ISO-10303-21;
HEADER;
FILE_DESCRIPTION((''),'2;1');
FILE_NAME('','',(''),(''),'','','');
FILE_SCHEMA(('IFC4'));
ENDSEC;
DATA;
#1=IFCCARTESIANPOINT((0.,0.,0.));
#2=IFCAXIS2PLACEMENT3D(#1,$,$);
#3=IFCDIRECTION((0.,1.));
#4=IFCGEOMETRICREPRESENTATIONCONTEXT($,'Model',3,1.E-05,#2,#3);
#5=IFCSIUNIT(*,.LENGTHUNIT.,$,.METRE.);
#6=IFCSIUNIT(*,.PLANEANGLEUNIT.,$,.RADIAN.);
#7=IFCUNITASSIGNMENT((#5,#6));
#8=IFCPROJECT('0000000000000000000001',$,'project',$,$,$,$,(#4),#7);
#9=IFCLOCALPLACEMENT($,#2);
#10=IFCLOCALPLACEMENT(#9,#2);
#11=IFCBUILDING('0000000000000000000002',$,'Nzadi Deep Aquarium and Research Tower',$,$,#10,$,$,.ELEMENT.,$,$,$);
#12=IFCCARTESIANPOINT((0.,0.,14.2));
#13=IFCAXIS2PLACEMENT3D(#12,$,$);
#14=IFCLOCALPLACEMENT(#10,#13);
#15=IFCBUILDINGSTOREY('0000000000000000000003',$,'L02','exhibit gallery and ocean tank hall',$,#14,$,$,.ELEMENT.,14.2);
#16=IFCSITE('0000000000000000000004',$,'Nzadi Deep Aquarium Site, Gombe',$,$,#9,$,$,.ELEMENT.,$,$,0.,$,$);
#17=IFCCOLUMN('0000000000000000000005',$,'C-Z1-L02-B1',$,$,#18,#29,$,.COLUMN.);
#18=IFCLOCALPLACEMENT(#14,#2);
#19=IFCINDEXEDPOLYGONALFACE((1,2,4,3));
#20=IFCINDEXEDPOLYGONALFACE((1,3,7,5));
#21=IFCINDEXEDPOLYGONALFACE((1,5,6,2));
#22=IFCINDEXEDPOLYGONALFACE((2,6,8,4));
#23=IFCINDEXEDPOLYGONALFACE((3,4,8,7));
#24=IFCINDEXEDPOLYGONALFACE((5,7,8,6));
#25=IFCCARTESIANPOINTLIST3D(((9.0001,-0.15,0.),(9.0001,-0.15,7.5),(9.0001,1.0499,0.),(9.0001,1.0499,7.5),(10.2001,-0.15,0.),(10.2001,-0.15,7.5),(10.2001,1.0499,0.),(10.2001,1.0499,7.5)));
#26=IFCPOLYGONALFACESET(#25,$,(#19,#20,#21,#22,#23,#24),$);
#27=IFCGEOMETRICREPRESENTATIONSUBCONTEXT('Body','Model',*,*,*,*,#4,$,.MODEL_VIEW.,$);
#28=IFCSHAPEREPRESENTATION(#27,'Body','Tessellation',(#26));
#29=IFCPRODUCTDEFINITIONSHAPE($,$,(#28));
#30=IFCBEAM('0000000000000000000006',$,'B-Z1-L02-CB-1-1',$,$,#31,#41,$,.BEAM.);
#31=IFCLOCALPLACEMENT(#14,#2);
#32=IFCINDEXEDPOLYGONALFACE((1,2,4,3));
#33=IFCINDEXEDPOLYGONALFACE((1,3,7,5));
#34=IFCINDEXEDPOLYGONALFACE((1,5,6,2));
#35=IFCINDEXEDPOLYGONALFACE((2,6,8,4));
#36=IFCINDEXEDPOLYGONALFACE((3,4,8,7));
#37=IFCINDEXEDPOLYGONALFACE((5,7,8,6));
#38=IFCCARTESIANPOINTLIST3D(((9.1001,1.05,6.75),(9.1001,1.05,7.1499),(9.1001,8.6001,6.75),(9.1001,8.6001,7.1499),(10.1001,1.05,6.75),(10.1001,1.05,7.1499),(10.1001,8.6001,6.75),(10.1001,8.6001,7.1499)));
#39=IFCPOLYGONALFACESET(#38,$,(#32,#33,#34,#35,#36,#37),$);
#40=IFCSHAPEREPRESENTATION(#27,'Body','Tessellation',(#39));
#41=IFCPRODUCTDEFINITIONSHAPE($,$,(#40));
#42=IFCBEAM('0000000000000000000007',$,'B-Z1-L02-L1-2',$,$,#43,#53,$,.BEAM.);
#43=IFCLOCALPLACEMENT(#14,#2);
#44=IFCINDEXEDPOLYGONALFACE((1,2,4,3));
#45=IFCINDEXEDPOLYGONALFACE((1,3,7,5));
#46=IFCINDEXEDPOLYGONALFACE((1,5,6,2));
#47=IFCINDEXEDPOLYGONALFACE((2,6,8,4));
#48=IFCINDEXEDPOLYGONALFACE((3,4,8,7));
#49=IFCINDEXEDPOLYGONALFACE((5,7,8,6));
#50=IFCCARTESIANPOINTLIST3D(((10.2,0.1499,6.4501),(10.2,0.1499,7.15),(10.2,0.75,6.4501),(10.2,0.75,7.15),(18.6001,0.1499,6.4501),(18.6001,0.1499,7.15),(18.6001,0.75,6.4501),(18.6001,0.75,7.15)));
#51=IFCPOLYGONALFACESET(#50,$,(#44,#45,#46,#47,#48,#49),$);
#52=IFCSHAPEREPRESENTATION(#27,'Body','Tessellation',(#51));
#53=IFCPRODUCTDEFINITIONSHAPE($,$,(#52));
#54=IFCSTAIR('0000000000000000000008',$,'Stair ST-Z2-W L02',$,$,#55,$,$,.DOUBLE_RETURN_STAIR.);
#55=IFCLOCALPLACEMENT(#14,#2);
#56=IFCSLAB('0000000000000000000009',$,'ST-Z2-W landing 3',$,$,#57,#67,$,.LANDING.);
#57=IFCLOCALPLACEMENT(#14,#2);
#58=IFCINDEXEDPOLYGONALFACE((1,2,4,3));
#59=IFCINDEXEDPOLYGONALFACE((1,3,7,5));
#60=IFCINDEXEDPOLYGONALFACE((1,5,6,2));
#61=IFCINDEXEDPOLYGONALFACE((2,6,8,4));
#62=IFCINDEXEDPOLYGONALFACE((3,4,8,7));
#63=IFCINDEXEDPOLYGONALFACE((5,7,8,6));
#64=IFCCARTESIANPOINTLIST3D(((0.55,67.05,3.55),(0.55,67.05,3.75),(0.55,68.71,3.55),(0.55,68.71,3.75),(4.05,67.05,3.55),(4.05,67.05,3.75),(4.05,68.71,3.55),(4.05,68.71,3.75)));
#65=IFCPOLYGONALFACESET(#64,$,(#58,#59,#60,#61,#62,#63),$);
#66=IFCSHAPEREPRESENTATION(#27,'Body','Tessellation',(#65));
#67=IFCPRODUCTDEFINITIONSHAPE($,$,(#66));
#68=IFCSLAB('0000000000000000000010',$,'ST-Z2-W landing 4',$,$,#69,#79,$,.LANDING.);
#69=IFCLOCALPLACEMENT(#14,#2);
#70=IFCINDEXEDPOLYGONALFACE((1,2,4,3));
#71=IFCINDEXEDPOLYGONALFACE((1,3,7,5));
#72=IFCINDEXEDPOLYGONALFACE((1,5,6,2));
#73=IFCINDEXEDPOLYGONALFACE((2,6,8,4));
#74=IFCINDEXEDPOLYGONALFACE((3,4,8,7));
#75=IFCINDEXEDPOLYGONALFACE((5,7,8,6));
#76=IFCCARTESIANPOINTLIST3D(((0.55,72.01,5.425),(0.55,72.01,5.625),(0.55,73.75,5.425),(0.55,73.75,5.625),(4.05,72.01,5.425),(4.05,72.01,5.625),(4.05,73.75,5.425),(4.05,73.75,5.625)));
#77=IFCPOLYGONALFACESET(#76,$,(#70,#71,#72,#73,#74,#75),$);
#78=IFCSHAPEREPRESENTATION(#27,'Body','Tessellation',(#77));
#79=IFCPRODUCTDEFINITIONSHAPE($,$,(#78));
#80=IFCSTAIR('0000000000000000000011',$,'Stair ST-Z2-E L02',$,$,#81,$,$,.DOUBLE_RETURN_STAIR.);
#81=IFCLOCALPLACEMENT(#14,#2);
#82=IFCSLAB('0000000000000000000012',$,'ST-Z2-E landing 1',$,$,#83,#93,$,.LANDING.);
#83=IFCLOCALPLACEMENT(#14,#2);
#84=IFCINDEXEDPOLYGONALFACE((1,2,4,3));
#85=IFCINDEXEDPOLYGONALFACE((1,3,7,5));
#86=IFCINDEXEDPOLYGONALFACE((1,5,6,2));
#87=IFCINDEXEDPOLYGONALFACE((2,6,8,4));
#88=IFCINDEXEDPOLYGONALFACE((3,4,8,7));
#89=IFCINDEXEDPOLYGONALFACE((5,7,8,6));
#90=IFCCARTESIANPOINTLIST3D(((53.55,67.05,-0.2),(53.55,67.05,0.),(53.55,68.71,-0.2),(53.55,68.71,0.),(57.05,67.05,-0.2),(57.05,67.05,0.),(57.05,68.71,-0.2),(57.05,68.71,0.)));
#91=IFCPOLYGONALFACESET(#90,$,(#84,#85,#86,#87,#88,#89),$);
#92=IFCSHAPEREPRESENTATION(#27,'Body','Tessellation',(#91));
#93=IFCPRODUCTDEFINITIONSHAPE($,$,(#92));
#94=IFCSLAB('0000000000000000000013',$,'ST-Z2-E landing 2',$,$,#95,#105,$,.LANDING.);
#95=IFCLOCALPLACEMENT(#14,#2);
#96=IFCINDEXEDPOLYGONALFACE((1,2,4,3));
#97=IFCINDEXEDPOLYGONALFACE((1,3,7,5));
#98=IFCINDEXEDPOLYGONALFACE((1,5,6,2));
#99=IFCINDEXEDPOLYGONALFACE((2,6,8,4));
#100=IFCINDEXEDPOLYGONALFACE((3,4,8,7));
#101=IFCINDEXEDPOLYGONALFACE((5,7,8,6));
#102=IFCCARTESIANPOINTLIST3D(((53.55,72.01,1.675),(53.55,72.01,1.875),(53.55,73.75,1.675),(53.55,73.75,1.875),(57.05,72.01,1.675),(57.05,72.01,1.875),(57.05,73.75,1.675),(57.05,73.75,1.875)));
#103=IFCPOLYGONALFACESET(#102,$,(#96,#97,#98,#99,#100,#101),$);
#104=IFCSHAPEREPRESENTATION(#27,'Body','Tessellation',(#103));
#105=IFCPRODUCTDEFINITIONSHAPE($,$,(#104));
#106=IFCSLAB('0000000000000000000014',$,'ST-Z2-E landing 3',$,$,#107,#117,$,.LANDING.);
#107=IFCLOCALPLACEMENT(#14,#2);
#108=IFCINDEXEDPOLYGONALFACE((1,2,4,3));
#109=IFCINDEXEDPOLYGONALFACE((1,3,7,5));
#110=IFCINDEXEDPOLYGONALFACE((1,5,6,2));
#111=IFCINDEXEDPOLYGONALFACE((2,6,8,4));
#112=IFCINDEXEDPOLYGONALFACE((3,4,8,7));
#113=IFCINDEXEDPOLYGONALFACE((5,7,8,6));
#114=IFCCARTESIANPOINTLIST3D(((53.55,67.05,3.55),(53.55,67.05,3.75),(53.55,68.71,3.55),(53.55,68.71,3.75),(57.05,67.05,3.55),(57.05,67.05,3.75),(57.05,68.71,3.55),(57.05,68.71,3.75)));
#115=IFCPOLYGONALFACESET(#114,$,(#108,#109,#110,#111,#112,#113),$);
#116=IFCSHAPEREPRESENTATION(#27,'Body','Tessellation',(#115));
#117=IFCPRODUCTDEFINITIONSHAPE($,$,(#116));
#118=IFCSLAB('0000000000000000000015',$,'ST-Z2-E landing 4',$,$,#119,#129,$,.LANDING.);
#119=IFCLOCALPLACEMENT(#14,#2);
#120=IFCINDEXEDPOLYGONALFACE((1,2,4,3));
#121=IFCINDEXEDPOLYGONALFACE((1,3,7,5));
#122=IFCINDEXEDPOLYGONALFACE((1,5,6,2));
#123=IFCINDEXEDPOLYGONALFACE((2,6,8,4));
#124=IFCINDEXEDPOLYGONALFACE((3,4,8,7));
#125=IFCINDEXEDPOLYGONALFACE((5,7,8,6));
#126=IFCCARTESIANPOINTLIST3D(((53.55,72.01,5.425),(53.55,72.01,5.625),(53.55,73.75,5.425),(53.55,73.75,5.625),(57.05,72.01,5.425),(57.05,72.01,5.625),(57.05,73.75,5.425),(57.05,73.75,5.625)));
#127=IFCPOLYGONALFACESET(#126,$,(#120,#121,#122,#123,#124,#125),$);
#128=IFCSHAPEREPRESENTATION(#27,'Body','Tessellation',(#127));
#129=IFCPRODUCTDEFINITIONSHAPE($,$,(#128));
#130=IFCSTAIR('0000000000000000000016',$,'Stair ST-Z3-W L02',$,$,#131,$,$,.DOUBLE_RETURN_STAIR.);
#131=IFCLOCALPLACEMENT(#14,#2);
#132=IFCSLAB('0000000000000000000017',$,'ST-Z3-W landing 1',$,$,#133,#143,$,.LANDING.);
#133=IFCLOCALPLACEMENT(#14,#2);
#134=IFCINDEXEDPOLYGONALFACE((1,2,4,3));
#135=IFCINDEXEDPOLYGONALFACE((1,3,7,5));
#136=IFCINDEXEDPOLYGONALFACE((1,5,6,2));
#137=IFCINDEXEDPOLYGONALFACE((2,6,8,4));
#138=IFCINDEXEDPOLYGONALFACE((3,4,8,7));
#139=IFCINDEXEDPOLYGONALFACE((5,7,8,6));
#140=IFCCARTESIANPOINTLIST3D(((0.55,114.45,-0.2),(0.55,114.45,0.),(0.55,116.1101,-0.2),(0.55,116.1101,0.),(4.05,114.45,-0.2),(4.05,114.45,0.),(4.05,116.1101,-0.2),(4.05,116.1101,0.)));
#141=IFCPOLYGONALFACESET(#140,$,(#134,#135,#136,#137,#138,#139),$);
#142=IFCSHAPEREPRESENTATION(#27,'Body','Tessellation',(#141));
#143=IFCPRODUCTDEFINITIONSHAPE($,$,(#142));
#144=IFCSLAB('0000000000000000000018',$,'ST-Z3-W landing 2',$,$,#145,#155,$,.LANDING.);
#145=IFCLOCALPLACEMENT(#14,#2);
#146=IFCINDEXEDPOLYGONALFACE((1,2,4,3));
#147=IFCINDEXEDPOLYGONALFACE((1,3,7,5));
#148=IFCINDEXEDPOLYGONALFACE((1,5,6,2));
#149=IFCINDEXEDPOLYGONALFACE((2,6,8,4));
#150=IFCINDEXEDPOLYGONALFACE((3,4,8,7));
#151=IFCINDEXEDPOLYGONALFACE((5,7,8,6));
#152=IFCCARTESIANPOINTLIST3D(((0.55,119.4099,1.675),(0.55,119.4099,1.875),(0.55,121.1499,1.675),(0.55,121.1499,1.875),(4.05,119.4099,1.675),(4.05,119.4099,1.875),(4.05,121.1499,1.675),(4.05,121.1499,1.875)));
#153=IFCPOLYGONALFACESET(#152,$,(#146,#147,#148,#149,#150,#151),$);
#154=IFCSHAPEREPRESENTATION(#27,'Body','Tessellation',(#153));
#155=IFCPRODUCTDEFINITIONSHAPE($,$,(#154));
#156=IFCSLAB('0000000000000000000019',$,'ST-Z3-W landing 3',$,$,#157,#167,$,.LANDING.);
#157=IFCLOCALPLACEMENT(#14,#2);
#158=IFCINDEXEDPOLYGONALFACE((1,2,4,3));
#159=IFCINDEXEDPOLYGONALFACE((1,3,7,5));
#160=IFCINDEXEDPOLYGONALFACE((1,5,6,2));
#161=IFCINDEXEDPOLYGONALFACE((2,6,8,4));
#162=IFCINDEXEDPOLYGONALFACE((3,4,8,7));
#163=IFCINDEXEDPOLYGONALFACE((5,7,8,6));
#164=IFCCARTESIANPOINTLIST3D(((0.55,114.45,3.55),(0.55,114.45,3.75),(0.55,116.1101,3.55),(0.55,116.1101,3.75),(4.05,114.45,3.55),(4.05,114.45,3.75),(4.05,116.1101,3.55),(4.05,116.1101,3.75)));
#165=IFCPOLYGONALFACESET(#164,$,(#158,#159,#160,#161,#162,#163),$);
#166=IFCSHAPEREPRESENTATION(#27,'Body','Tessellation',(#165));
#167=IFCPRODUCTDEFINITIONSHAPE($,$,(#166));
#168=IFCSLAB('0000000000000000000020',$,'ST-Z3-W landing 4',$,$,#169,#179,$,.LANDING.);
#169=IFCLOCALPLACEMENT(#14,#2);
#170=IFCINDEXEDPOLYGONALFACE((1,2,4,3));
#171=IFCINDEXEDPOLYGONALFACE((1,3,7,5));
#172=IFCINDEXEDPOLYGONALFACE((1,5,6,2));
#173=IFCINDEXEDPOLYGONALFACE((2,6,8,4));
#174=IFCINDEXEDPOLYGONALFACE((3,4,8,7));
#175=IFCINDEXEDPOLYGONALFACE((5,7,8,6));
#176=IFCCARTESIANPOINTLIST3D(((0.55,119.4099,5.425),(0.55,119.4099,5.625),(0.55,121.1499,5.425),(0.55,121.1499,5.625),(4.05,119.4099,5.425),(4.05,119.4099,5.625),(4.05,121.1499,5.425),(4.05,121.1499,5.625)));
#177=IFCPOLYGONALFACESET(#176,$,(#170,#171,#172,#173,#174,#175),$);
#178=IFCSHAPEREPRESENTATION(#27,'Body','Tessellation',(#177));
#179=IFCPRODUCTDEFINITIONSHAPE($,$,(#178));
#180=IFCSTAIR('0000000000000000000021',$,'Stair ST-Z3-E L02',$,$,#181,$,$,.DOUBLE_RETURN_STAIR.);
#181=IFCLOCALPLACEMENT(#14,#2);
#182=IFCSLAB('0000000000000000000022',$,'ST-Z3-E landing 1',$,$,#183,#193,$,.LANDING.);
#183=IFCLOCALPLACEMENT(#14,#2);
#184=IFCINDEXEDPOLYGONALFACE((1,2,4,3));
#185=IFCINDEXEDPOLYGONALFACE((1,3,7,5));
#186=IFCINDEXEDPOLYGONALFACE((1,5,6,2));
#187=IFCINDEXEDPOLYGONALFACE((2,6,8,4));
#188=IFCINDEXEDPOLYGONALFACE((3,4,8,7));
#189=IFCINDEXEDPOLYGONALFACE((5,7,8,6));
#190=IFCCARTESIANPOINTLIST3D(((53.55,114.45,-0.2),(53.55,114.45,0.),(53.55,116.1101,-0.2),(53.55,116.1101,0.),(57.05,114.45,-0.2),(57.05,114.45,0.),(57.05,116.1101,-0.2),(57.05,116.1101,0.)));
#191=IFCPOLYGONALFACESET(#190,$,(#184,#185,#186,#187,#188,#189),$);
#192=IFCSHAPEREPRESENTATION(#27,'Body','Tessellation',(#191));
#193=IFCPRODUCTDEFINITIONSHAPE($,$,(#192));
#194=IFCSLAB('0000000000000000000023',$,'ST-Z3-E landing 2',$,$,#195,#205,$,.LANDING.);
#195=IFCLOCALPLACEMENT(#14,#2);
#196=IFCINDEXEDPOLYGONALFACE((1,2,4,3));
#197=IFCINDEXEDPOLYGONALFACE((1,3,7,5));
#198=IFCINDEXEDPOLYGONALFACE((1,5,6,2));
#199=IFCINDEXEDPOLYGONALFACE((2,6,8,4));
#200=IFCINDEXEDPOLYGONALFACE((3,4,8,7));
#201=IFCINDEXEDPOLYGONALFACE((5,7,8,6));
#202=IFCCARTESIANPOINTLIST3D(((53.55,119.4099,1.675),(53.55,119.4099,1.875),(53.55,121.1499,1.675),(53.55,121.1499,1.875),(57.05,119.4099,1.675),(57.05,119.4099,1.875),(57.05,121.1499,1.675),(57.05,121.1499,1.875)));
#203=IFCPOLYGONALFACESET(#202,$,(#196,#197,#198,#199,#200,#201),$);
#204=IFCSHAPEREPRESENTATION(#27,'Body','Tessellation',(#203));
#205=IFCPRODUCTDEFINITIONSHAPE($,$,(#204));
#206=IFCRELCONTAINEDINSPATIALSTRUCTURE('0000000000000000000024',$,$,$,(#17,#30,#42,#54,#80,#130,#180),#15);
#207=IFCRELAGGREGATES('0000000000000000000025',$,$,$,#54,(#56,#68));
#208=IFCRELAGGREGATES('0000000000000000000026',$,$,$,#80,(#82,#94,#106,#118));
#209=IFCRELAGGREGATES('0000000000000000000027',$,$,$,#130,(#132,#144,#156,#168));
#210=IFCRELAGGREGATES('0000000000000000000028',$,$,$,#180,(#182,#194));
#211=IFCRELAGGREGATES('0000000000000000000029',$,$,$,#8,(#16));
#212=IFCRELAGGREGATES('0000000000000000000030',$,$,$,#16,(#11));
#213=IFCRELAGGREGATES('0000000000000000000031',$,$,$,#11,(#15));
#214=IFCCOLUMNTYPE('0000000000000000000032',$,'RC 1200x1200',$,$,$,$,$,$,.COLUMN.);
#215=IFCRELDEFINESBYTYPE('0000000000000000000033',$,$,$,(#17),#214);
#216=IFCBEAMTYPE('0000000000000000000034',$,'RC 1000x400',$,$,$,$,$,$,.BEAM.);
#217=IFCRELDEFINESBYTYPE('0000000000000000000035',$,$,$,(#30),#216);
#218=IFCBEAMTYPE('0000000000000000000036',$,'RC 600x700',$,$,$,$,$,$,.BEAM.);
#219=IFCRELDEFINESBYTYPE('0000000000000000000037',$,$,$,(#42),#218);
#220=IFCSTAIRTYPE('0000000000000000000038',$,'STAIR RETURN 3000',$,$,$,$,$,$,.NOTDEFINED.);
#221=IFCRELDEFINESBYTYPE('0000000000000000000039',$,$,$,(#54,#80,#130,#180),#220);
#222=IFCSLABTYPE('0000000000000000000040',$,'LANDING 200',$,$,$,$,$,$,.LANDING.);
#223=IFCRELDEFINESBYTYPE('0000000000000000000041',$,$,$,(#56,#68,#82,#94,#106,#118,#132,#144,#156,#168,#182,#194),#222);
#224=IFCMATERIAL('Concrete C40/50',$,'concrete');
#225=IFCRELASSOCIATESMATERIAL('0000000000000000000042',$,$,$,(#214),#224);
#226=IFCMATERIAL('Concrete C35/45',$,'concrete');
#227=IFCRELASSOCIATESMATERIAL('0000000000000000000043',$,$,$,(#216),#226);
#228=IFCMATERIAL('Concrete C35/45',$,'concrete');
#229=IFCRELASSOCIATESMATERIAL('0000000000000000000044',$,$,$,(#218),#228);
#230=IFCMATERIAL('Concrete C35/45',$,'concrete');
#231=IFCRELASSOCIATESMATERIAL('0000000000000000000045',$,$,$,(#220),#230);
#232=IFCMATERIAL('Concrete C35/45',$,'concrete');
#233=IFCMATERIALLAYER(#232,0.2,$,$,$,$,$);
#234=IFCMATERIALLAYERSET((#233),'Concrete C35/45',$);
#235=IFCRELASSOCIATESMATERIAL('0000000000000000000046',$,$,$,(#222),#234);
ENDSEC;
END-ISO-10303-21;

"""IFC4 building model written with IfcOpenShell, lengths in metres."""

from ifc_helpers import new_model, si_unit, direction, frame, origin, origin_2d, place, context, subcontext, project, spatial, polyline, rectangle, outline, extrude, material, layer, layer_set, material_profile, profile_set, type_object, element, aggregate, save


model = new_model("IFC4")

# Units and contexts
model_context = context("Model", 3, precision=1e-05, world=origin(), true_north=direction((0.0, 1.0)))
body_context = subcontext(model_context, "Body", "Model", "MODEL_VIEW")
ifc_project = project(units=[si_unit("LENGTHUNIT", "METRE"), si_unit("PLANEANGLEUNIT", "RADIAN")], contexts=[model_context])

# Site, building, storey
site_placement = place(None, origin())
site = spatial("IfcSite", under=ifc_project, at=site_placement, Name="Nzadi Deep Aquarium Site, Gombe", CompositionType="ELEMENT", RefElevation=0.0)
building_placement = place(site_placement, origin())
building = spatial("IfcBuilding", under=site, at=building_placement, Name="Nzadi Deep Aquarium and Research Tower", CompositionType="ELEMENT")
storey_placement = place(building_placement, frame((0.0, 0.0, 14.2)))
storey = spatial("IfcBuildingStorey", under=building, at=storey_placement, Name="L02", Description="exhibit gallery and ocean tank hall", CompositionType="ELEMENT", Elevation=14.2)

# Column
ifc_material_1 = material(Name="Concrete C40/50", Category="concrete")
ifc_material_profile_1 = material_profile(ifc_material_1, rectangle(XDim=1.2, YDim=1.2, at=origin_2d()))
ifc_profile_set_1 = profile_set([ifc_material_profile_1], Name="Concrete C40/50")
column_type = type_object("IfcColumnType", Name="RC 1200x1200", PredefinedType="COLUMN", material=ifc_profile_set_1)
column_placement = place(storey_placement, frame((9.6001, 0.45, 0.0), z_axis=(0.0, 0.0, 1.0), x_axis=(1.0, 0.0, 0.0)))
element("IfcColumn", 1, at=column_placement, inside=storey, type_object=column_type, Name="C-Z1-L02-B1", PredefinedType="COLUMN", context=body_context, shape_type="SweptSolid", body=[
    extrude(rectangle(XDim=1.2, YDim=1.2, at=origin_2d()), origin(), (0.0, 0.0, 1.0), 7.5),
])

# Beams
ifc_material_2 = material(Name="Concrete C35/45", Category="concrete")
ifc_material_profile_2 = material_profile(ifc_material_2, rectangle(XDim=1.0, YDim=0.3999, at=origin_2d()))
ifc_profile_set_2 = profile_set([ifc_material_profile_2], Name="Concrete C35/45")
beam_type_1 = type_object("IfcBeamType", Name="RC 1000x400", PredefinedType="BEAM", material=ifc_profile_set_2)
beam_1_placement = place(storey_placement, frame((9.6001, 1.05, 6.95), z_axis=(0.0, 1.0, 0.0), x_axis=(-1.0, 0.0, 0.0)))
element("IfcBeam", 2, at=beam_1_placement, inside=storey, type_object=beam_type_1, Name="B-Z1-L02-CB-1-1", PredefinedType="BEAM", context=body_context, shape_type="SweptSolid", body=[
    extrude(rectangle(XDim=1.0, YDim=0.3999, at=origin_2d()), origin(), (0.0, 0.0, 1.0), 7.55),
])
ifc_material_3 = material(Name="Concrete C35/45", Category="concrete")
ifc_material_profile_3 = material_profile(ifc_material_3, rectangle(XDim=0.6001, YDim=0.7, at=origin_2d()))
ifc_profile_set_3 = profile_set([ifc_material_profile_3], Name="Concrete C35/45")
beam_type_2 = type_object("IfcBeamType", Name="RC 600x700", PredefinedType="BEAM", material=ifc_profile_set_3)
beam_2_placement = place(storey_placement, frame((10.2, 0.45, 6.8), z_axis=(1.0, 0.0, 0.0), x_axis=(0.0, 1.0, 0.0)))
element("IfcBeam", 3, at=beam_2_placement, inside=storey, type_object=beam_type_2, Name="B-Z1-L02-L1-2", PredefinedType="BEAM", context=body_context, shape_type="SweptSolid", body=[
    extrude(rectangle(XDim=0.6001, YDim=0.7, at=origin_2d()), origin(), (0.0, 0.0, 1.0), 8.4001),
])

# Stairs, slabs
ifc_material_4 = material(Name="Concrete C35/45", Category="concrete")
stair_type = type_object("IfcStairType", Name="STAIR RETURN 3000", PredefinedType="NOTDEFINED", material=ifc_material_4)
stair_1_placement = place(storey_placement, origin())
stair_1 = element("IfcStair", 4, at=stair_1_placement, inside=storey, type_object=stair_type, Name="Stair ST-Z2-W L02", PredefinedType="DOUBLE_RETURN_STAIR")
ifc_material_5 = material(Name="Concrete C35/45", Category="concrete")
ifc_layer_1 = layer(ifc_material_5, 0.2)
ifc_layer_set_1 = layer_set([ifc_layer_1], Name="Concrete C35/45")
slab_type = type_object("IfcSlabType", Name="LANDING 200", PredefinedType="LANDING", material=ifc_layer_set_1)
slab_1_placement = place(storey_placement, frame((0.0, 0.0, 3.55)))
slab_1 = element("IfcSlab", 5, at=slab_1_placement, type_object=slab_type, Name="ST-Z2-W landing 3", PredefinedType="LANDING", context=body_context, shape_type="SweptSolid", body=[
    extrude(outline(polyline([(0.55, 67.05), (4.05, 67.05), (4.05, 68.71), (0.55, 68.71), (0.55, 67.05)])), origin(), (0.0, 0.0, 1.0), 0.2),
])
slab_2_placement = place(storey_placement, frame((0.0, 0.0, 5.425)))
slab_2 = element("IfcSlab", 6, at=slab_2_placement, type_object=slab_type, Name="ST-Z2-W landing 4", PredefinedType="LANDING", context=body_context, shape_type="SweptSolid", body=[
    extrude(outline(polyline([(0.55, 72.01), (4.05, 72.01), (4.05, 73.75), (0.55, 73.75), (0.55, 72.01)])), origin(), (0.0, 0.0, 1.0), 0.2),
])
aggregate(stair_1, [slab_1, slab_2])
stair_2_placement = place(storey_placement, origin())
stair_2 = element("IfcStair", 7, at=stair_2_placement, inside=storey, type_object=stair_type, Name="Stair ST-Z2-E L02", PredefinedType="DOUBLE_RETURN_STAIR")
slab_3_placement = place(storey_placement, frame((0.0, 0.0, -0.2)))
slab_3 = element("IfcSlab", 8, at=slab_3_placement, type_object=slab_type, Name="ST-Z2-E landing 1", PredefinedType="LANDING", context=body_context, shape_type="SweptSolid", body=[
    extrude(outline(polyline([(57.05, 68.71), (53.55, 68.71), (53.55, 67.05), (57.05, 67.05), (57.05, 68.71)])), origin(), (0.0, 0.0, 1.0), 0.2),
])
slab_4_placement = place(storey_placement, frame((0.0, 0.0, 1.675)))
slab_4 = element("IfcSlab", 9, at=slab_4_placement, type_object=slab_type, Name="ST-Z2-E landing 2", PredefinedType="LANDING", context=body_context, shape_type="SweptSolid", body=[
    extrude(outline(polyline([(57.05, 73.75), (53.55, 73.75), (53.55, 72.01), (57.05, 72.01), (57.05, 73.75)])), origin(), (0.0, 0.0, 1.0), 0.2),
])
slab_5_placement = place(storey_placement, frame((0.0, 0.0, 3.55)))
slab_5 = element("IfcSlab", 10, at=slab_5_placement, type_object=slab_type, Name="ST-Z2-E landing 3", PredefinedType="LANDING", context=body_context, shape_type="SweptSolid", body=[
    extrude(outline(polyline([(57.05, 68.71), (53.55, 68.71), (53.55, 67.05), (57.05, 67.05), (57.05, 68.71)])), origin(), (0.0, 0.0, 1.0), 0.2),
])
slab_6_placement = place(storey_placement, frame((0.0, 0.0, 5.425)))
slab_6 = element("IfcSlab", 11, at=slab_6_placement, type_object=slab_type, Name="ST-Z2-E landing 4", PredefinedType="LANDING", context=body_context, shape_type="SweptSolid", body=[
    extrude(outline(polyline([(57.05, 73.75), (53.55, 73.75), (53.55, 72.01), (57.05, 72.01), (57.05, 73.75)])), origin(), (0.0, 0.0, 1.0), 0.2),
])
aggregate(stair_2, [slab_3, slab_4, slab_5, slab_6])
stair_3_placement = place(storey_placement, origin())
stair_3 = element("IfcStair", 12, at=stair_3_placement, inside=storey, type_object=stair_type, Name="Stair ST-Z3-W L02", PredefinedType="DOUBLE_RETURN_STAIR")
slab_7_placement = place(storey_placement, frame((0.0, 0.0, -0.2)))
slab_7 = element("IfcSlab", 13, at=slab_7_placement, type_object=slab_type, Name="ST-Z3-W landing 1", PredefinedType="LANDING", context=body_context, shape_type="SweptSolid", body=[
    extrude(outline(polyline([(0.55, 114.45), (4.05, 114.45), (4.05, 116.1101), (0.55, 116.1101), (0.55, 114.45)])), origin(), (0.0, 0.0, 1.0), 0.2),
])
slab_8_placement = place(storey_placement, frame((0.0, 0.0, 1.675)))
slab_8 = element("IfcSlab", 14, at=slab_8_placement, type_object=slab_type, Name="ST-Z3-W landing 2", PredefinedType="LANDING", context=body_context, shape_type="SweptSolid", body=[
    extrude(outline(polyline([(0.55, 119.4099), (4.05, 119.4099), (4.05, 121.1499), (0.55, 121.1499), (0.55, 119.4099)])), origin(), (0.0, 0.0, 1.0), 0.2),
])
slab_9_placement = place(storey_placement, frame((0.0, 0.0, 3.55)))
slab_9 = element("IfcSlab", 15, at=slab_9_placement, type_object=slab_type, Name="ST-Z3-W landing 3", PredefinedType="LANDING", context=body_context, shape_type="SweptSolid", body=[
    extrude(outline(polyline([(0.55, 114.45), (4.05, 114.45), (4.05, 116.1101), (0.55, 116.1101), (0.55, 114.45)])), origin(), (0.0, 0.0, 1.0), 0.2),
])
slab_10_placement = place(storey_placement, frame((0.0, 0.0, 5.425)))
slab_10 = element("IfcSlab", 16, at=slab_10_placement, type_object=slab_type, Name="ST-Z3-W landing 4", PredefinedType="LANDING", context=body_context, shape_type="SweptSolid", body=[
    extrude(outline(polyline([(0.55, 119.4099), (4.05, 119.4099), (4.05, 121.1499), (0.55, 121.1499), (0.55, 119.4099)])), origin(), (0.0, 0.0, 1.0), 0.2),
])
aggregate(stair_3, [slab_7, slab_8, slab_9, slab_10])
stair_4_placement = place(storey_placement, origin())
stair_4 = element("IfcStair", 17, at=stair_4_placement, inside=storey, type_object=stair_type, Name="Stair ST-Z3-E L02", PredefinedType="DOUBLE_RETURN_STAIR")
slab_11_placement = place(storey_placement, frame((0.0, 0.0, -0.2)))
slab_11 = element("IfcSlab", 18, at=slab_11_placement, type_object=slab_type, Name="ST-Z3-E landing 1", PredefinedType="LANDING", context=body_context, shape_type="SweptSolid", body=[
    extrude(outline(polyline([(57.05, 116.1101), (53.55, 116.1101), (53.55, 114.45), (57.05, 114.45), (57.05, 116.1101)])), origin(), (0.0, 0.0, 1.0), 0.2),
])
slab_12_placement = place(storey_placement, frame((0.0, 0.0, 1.675)))
slab_12 = element("IfcSlab", 19, at=slab_12_placement, type_object=slab_type, Name="ST-Z3-E landing 2", PredefinedType="LANDING", context=body_context, shape_type="SweptSolid", body=[
    extrude(outline(polyline([(57.05, 121.1499), (53.55, 121.1499), (53.55, 119.4099), (57.05, 119.4099), (57.05, 121.1499)])), origin(), (0.0, 0.0, 1.0), 0.2),
])
aggregate(stair_4, [slab_11, slab_12])

save(model, "model.ifc")
